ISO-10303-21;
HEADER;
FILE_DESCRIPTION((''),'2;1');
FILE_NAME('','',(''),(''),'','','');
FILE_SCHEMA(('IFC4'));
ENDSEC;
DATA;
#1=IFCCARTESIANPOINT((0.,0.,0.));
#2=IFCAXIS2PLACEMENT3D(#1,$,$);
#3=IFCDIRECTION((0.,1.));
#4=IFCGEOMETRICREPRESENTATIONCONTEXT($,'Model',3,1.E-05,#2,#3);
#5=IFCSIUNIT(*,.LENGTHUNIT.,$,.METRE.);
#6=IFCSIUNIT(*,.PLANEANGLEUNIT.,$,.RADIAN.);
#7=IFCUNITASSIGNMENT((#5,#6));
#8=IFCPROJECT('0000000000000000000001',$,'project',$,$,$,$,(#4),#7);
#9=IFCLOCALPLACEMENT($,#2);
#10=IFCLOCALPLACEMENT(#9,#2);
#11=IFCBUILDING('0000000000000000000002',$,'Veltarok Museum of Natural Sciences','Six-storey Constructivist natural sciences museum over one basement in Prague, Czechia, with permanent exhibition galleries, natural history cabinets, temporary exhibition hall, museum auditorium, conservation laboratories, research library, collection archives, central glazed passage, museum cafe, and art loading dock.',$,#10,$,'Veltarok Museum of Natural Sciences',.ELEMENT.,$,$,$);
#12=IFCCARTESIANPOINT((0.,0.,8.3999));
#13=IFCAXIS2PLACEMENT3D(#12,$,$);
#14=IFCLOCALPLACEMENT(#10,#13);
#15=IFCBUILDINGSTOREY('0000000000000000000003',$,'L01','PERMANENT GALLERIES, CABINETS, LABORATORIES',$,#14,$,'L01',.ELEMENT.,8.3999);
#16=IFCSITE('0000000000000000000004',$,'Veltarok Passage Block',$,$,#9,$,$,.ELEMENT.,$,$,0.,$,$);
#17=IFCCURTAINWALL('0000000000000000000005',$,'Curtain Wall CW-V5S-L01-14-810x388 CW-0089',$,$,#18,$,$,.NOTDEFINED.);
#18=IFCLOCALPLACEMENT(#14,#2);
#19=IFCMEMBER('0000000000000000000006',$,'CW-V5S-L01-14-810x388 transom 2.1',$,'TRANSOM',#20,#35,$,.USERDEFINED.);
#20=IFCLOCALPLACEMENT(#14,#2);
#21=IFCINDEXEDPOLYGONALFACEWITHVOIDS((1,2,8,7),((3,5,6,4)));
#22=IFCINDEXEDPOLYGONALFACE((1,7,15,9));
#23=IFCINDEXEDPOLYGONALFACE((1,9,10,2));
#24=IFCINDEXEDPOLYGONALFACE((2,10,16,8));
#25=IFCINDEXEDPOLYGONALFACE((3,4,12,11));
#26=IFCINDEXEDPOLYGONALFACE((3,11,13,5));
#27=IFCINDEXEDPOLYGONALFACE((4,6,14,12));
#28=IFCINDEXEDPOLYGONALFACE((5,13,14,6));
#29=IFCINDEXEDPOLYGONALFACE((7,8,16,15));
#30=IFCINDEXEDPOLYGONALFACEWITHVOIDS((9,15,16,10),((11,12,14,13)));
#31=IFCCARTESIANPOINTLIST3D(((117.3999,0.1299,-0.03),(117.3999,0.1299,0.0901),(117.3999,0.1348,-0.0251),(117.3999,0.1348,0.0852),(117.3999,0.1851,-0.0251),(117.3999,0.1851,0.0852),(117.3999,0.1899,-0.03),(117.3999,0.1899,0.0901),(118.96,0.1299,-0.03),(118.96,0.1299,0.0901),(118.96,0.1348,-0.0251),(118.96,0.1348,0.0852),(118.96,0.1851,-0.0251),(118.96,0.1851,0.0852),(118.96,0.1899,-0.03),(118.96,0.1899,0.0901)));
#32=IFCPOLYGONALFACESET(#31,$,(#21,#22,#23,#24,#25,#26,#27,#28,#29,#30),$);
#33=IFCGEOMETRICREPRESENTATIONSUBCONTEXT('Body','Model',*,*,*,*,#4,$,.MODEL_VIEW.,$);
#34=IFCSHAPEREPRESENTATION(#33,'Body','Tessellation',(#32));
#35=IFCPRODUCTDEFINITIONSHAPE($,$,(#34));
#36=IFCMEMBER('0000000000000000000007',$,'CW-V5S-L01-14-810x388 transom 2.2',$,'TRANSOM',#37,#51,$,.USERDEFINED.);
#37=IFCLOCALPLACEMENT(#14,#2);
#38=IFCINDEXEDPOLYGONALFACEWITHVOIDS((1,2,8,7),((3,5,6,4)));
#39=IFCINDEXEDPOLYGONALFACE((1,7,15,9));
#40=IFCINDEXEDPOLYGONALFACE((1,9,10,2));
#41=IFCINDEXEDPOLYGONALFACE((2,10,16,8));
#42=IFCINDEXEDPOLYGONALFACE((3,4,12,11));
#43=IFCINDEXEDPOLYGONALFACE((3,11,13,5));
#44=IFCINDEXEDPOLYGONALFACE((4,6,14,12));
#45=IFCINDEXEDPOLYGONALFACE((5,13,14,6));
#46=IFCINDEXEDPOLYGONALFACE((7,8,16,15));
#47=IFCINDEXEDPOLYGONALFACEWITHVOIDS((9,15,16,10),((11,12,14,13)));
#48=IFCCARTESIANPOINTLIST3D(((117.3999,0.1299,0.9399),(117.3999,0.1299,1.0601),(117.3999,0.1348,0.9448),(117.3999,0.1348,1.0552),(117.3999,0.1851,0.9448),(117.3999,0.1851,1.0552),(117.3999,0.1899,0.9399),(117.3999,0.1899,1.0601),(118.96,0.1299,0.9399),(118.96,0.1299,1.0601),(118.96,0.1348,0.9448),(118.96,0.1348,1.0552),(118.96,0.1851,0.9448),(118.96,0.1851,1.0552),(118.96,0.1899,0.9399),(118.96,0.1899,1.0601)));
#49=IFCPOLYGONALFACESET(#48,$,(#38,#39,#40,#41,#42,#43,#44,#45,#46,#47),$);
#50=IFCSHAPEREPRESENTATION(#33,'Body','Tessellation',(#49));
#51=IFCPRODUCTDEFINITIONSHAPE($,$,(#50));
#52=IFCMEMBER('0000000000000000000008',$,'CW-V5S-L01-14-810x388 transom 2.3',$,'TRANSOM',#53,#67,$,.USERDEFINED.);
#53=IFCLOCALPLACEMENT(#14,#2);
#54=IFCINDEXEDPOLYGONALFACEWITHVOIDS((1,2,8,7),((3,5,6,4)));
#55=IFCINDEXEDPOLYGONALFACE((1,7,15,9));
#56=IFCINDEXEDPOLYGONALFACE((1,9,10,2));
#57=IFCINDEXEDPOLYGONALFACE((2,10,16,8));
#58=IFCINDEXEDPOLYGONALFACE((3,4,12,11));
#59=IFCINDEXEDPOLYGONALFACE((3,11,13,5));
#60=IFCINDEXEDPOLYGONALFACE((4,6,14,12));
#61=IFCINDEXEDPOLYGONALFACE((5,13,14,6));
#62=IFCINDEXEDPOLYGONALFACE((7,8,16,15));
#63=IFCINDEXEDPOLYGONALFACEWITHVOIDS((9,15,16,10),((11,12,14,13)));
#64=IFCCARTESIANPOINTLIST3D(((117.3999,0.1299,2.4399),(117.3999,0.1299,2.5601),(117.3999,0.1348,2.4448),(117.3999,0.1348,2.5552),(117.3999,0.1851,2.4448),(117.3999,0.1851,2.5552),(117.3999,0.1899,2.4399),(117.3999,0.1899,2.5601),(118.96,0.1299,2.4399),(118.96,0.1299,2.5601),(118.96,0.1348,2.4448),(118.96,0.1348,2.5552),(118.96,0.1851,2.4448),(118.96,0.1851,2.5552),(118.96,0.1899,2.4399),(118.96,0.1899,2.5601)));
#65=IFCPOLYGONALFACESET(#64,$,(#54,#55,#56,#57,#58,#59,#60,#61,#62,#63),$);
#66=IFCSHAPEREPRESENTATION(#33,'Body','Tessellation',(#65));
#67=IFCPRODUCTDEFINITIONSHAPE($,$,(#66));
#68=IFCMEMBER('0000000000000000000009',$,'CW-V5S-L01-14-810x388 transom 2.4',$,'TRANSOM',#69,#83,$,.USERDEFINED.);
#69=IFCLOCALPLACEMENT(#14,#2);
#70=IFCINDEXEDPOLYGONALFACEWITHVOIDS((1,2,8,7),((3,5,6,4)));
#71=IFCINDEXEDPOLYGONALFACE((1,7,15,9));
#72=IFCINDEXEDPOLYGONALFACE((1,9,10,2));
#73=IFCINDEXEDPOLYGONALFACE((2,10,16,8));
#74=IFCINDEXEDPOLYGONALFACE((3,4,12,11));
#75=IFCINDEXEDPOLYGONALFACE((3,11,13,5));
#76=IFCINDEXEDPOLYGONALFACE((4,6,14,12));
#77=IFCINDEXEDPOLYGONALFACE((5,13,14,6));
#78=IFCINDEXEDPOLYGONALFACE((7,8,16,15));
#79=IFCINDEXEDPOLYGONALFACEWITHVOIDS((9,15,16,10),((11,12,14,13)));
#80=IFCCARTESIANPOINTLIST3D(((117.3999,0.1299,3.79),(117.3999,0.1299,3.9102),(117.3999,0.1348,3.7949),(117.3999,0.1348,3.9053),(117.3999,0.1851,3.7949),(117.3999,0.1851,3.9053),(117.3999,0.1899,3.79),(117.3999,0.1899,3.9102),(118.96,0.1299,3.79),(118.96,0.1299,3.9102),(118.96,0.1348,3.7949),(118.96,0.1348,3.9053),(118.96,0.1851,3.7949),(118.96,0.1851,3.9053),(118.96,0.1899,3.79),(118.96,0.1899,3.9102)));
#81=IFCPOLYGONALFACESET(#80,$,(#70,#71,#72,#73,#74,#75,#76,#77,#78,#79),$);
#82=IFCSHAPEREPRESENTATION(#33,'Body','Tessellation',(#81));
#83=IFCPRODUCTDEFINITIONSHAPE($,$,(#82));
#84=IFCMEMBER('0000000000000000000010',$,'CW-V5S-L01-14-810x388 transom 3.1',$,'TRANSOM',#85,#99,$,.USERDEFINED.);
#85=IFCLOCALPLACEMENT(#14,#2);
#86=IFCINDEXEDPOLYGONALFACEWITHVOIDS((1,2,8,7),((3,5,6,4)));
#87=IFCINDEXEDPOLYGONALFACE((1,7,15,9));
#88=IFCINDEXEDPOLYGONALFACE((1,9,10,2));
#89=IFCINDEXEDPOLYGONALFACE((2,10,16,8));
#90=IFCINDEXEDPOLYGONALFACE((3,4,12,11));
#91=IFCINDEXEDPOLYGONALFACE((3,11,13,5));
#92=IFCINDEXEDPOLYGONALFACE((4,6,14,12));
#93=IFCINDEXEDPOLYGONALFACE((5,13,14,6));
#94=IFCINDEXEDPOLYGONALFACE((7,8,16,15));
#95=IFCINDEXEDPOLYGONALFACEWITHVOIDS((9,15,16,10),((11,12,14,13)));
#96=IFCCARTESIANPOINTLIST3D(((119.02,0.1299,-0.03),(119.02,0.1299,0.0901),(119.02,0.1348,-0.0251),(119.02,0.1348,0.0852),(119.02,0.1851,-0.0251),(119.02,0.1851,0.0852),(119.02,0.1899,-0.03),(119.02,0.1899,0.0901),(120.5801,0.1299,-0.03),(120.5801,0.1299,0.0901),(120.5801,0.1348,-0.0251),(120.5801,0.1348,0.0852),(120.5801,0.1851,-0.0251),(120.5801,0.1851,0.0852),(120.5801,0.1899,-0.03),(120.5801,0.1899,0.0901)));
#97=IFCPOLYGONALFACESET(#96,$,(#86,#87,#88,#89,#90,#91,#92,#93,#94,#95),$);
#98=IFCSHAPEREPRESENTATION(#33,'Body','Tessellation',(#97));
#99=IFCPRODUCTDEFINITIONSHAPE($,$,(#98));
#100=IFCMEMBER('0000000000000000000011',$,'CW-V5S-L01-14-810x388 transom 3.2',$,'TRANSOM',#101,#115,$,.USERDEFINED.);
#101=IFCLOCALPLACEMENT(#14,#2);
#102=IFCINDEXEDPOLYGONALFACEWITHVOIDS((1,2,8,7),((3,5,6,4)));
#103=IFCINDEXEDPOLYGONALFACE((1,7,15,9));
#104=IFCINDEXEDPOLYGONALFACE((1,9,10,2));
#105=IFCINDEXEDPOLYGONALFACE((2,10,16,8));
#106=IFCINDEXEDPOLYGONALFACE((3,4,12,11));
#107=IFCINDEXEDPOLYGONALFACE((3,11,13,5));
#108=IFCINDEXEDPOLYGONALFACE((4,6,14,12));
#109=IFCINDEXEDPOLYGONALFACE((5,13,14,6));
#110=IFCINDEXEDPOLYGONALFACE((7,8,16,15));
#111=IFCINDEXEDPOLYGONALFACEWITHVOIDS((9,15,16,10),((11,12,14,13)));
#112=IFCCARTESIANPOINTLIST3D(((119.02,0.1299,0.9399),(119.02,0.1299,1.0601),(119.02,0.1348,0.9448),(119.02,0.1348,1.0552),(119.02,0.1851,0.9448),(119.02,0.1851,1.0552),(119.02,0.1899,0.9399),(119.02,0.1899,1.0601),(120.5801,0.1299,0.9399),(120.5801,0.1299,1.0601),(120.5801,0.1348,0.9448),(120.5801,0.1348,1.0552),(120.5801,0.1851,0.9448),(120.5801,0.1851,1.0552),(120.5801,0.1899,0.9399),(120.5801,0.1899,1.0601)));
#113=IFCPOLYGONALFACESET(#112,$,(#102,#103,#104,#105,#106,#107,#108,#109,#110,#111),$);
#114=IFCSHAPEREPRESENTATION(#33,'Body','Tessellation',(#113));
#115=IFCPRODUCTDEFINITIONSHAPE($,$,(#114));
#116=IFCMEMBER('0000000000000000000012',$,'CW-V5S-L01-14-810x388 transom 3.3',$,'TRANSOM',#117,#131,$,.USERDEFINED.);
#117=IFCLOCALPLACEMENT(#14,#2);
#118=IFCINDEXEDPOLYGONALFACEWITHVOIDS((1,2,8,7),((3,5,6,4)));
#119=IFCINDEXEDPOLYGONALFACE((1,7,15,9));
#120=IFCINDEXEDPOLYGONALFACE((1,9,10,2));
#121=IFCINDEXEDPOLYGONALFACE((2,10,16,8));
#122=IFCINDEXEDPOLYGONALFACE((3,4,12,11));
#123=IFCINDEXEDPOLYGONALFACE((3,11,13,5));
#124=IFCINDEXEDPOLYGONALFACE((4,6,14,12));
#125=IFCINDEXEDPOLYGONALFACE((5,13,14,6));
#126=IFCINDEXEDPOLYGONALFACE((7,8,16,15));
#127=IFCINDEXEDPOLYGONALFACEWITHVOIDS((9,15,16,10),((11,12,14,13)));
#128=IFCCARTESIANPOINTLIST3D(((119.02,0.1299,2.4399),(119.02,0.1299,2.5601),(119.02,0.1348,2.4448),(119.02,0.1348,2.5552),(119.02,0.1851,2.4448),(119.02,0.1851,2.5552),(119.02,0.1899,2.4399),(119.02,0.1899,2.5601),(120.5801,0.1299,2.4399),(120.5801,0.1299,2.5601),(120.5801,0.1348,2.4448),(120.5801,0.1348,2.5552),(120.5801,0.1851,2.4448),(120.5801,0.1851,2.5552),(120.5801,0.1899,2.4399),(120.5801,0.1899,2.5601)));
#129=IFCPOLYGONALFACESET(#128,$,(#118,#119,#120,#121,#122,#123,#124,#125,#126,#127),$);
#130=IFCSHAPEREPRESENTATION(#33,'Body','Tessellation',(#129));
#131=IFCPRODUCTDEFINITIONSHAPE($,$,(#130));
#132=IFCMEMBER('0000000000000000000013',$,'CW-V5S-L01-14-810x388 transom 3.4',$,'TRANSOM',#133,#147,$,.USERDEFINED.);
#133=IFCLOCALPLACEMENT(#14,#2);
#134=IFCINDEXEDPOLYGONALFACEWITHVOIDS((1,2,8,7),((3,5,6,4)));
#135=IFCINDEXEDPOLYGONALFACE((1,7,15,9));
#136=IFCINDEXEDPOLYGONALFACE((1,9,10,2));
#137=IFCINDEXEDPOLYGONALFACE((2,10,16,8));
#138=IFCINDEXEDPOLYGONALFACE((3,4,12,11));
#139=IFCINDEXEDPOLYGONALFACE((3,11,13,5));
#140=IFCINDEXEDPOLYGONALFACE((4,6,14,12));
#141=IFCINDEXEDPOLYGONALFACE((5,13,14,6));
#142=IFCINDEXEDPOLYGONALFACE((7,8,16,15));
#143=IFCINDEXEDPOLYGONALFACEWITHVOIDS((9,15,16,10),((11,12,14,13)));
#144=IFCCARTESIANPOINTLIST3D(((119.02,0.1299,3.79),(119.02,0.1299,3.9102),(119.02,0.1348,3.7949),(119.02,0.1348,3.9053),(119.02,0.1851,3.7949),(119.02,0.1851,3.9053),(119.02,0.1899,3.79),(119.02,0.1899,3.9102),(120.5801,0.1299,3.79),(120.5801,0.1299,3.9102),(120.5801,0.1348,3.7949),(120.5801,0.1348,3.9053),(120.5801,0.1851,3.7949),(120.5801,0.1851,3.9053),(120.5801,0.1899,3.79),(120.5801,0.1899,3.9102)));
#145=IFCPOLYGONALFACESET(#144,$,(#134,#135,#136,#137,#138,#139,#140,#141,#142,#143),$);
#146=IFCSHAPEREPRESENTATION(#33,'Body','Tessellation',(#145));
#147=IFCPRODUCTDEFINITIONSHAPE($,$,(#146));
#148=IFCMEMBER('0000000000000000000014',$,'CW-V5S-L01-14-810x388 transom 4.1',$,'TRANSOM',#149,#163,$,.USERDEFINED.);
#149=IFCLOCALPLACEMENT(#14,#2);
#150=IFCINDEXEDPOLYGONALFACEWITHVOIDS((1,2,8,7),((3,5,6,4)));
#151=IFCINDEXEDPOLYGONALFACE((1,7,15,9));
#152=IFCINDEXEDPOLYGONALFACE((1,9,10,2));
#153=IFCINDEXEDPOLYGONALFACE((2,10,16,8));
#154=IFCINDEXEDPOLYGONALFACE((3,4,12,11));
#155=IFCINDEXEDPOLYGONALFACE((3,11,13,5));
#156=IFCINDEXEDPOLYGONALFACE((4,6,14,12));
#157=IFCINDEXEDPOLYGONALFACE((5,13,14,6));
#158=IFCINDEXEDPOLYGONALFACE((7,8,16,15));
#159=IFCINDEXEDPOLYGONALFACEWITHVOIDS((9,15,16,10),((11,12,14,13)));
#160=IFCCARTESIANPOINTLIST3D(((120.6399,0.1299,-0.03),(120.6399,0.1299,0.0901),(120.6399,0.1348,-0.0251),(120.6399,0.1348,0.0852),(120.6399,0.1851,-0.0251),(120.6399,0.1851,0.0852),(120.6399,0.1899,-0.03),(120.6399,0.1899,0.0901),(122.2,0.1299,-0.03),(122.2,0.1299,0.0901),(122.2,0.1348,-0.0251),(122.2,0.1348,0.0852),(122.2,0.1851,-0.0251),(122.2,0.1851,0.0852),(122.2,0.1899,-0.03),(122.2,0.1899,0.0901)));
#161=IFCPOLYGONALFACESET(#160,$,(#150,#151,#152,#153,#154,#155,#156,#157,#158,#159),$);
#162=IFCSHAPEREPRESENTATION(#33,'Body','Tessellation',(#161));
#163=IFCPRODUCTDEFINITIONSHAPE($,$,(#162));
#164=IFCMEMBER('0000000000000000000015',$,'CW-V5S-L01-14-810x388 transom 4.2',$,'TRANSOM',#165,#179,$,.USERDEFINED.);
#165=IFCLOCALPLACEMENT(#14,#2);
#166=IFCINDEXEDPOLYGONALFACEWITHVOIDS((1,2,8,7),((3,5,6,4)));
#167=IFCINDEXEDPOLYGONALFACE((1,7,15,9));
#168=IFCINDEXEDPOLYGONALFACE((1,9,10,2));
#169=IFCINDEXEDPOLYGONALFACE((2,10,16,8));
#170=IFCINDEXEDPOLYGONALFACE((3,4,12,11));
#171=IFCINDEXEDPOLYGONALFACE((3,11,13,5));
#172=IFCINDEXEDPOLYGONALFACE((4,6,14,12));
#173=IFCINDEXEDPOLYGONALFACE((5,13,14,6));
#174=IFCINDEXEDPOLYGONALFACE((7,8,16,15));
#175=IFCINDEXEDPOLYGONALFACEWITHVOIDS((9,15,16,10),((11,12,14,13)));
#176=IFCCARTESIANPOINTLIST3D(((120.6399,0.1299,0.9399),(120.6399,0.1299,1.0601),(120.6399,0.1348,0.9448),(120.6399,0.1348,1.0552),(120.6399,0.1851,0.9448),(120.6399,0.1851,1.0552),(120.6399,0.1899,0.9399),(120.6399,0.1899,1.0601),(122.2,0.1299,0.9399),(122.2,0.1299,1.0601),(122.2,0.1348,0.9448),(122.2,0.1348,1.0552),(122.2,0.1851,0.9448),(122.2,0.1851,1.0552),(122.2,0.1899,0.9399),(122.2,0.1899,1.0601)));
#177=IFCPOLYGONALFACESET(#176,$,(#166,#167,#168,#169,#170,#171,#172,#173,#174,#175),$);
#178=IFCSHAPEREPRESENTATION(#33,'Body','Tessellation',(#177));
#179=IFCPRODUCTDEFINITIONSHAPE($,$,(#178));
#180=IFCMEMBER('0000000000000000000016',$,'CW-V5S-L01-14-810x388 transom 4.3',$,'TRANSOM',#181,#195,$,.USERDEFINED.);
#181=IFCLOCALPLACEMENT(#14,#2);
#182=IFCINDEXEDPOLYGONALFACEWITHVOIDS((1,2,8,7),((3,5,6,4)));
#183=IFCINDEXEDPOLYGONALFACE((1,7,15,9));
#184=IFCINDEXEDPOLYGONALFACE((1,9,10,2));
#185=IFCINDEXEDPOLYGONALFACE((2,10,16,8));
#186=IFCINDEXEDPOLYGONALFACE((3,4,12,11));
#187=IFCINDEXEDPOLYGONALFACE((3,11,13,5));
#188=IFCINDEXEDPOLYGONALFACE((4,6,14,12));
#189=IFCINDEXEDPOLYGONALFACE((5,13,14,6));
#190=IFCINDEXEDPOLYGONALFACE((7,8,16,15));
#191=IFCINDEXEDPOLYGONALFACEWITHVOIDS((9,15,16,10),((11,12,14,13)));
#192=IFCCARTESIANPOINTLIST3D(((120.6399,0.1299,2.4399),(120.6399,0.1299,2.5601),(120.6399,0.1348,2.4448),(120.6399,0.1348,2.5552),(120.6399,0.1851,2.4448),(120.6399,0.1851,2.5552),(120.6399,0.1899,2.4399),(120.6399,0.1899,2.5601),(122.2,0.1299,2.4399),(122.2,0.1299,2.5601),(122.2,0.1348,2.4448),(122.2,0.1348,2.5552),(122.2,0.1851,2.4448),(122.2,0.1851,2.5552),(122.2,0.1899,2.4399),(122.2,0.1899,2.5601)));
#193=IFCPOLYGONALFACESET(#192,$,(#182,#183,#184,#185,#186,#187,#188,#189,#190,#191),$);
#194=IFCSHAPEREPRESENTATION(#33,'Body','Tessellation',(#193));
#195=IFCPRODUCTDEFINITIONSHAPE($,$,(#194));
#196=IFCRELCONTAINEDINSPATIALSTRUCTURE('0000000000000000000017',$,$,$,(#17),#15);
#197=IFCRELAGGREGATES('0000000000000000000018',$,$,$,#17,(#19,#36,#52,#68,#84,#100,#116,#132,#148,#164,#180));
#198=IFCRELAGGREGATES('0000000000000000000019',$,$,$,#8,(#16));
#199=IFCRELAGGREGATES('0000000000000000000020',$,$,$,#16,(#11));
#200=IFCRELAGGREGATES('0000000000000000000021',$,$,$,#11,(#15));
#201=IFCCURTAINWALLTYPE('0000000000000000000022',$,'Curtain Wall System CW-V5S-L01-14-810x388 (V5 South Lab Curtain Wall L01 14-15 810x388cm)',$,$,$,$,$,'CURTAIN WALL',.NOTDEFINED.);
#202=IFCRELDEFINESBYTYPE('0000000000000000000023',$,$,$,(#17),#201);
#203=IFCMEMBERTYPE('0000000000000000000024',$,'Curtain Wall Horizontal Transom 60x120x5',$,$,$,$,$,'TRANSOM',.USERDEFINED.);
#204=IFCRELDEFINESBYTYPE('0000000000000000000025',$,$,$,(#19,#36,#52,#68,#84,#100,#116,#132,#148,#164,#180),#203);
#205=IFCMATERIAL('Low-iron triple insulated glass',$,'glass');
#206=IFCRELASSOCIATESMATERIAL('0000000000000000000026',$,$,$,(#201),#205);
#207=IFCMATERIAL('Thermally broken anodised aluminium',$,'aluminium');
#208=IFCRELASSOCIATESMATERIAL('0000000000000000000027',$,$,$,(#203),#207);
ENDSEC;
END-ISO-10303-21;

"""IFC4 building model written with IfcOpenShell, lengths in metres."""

from ifc_helpers import new_model, si_unit, direction, frame, origin, origin_2d, place, context, subcontext, project, spatial, hollow_rectangle, extrude, material, material_profile, profile_set, type_object, element, aggregate, save


model = new_model("IFC4")

# Units and contexts
model_context = context("Model", 3, precision=1e-05, world=origin(), true_north=direction((0.0, 1.0)))
body_context = subcontext(model_context, "Body", "Model", "MODEL_VIEW")
ifc_project = project(units=[si_unit("LENGTHUNIT", "METRE"), si_unit("PLANEANGLEUNIT", "RADIAN")], contexts=[model_context])

# Site, building, storey
site_placement = place(None, origin())
site = spatial("IfcSite", under=ifc_project, at=site_placement, Name="Veltarok Passage Block", CompositionType="ELEMENT", RefElevation=0.0)
building_placement = place(site_placement, origin())
building = spatial("IfcBuilding", under=site, at=building_placement, Name="Veltarok Museum of Natural Sciences", Description="Six-storey Constructivist natural sciences museum over one basement in Prague, Czechia, with permanent exhibition galleries, natural history cabinets, temporary exhibition hall, museum auditorium, conservation laboratories, research library, collection archives, central glazed passage, museum cafe, and art loading dock.", LongName="Veltarok Museum of Natural Sciences", CompositionType="ELEMENT")
storey_placement = place(building_placement, frame((0.0, 0.0, 8.3999)))
storey = spatial("IfcBuildingStorey", under=building, at=storey_placement, Name="L01", Description="PERMANENT GALLERIES, CABINETS, LABORATORIES", LongName="L01", CompositionType="ELEMENT", Elevation=8.3999)

# Curtain wall, members
ifc_material_1 = material(Name="Low-iron triple insulated glass", Category="glass")
curtain_wall_type = type_object("IfcCurtainWallType", Name="Curtain Wall System CW-V5S-L01-14-810x388 (V5 South Lab Curtain Wall L01 14-15 810x388cm)", ElementType="CURTAIN WALL", PredefinedType="NOTDEFINED", material=ifc_material_1)
curtain_wall_placement = place(storey_placement, origin())
curtain_wall = element("IfcCurtainWall", 1, at=curtain_wall_placement, inside=storey, type_object=curtain_wall_type, Name="Curtain Wall CW-V5S-L01-14-810x388 CW-0089", PredefinedType="NOTDEFINED")
ifc_material_2 = material(Name="Thermally broken anodised aluminium", Category="aluminium")
ifc_material_profile_1 = material_profile(ifc_material_2, hollow_rectangle(XDim=0.0601, YDim=0.1201, WallThickness=0.0049, at=origin_2d()), Name="CW TRANSOM 60x120x5")
ifc_profile_set_1 = profile_set([ifc_material_profile_1], Name="Thermally broken anodised aluminium")
member_type_1 = type_object("IfcMemberType", Name="Curtain Wall Horizontal Transom 60x120x5", ElementType="TRANSOM", PredefinedType="USERDEFINED", material=ifc_profile_set_1)
member_1_placement = place(storey_placement, frame((117.3999, 0.1599, 0.03), z_axis=(1.0, 0.0, 0.0), x_axis=(0.0, 1.0, 0.0)))
member_1 = element("IfcMember", 2, at=member_1_placement, type_object=member_type_1, Name="CW-V5S-L01-14-810x388 transom 2.1", ObjectType="TRANSOM", PredefinedType="USERDEFINED", context=body_context, shape_type="SweptSolid", body=[
    extrude(hollow_rectangle(XDim=0.0601, YDim=0.1201, WallThickness=0.0049, at=origin_2d()), origin(), (0.0, 0.0, 1.0), 1.5601),
])
member_2_placement = place(storey_placement, frame((117.3999, 0.1599, 1.0), z_axis=(1.0, 0.0, 0.0), x_axis=(0.0, 1.0, 0.0)))
member_2 = element("IfcMember", 3, at=member_2_placement, type_object=member_type_1, Name="CW-V5S-L01-14-810x388 transom 2.2", ObjectType="TRANSOM", PredefinedType="USERDEFINED", context=body_context, shape_type="SweptSolid", body=[
    extrude(hollow_rectangle(XDim=0.0601, YDim=0.1201, WallThickness=0.0049, at=origin_2d()), origin(), (0.0, 0.0, 1.0), 1.5601),
])
member_3_placement = place(storey_placement, frame((117.3999, 0.1599, 2.5), z_axis=(1.0, 0.0, 0.0), x_axis=(0.0, 1.0, 0.0)))
member_3 = element("IfcMember", 4, at=member_3_placement, type_object=member_type_1, Name="CW-V5S-L01-14-810x388 transom 2.3", ObjectType="TRANSOM", PredefinedType="USERDEFINED", context=body_context, shape_type="SweptSolid", body=[
    extrude(hollow_rectangle(XDim=0.0601, YDim=0.1201, WallThickness=0.0049, at=origin_2d()), origin(), (0.0, 0.0, 1.0), 1.5601),
])
member_4_placement = place(storey_placement, frame((117.3999, 0.1599, 3.8501), z_axis=(1.0, 0.0, 0.0), x_axis=(0.0, 1.0, 0.0)))
member_4 = element("IfcMember", 5, at=member_4_placement, type_object=member_type_1, Name="CW-V5S-L01-14-810x388 transom 2.4", ObjectType="TRANSOM", PredefinedType="USERDEFINED", context=body_context, shape_type="SweptSolid", body=[
    extrude(hollow_rectangle(XDim=0.0601, YDim=0.1201, WallThickness=0.0049, at=origin_2d()), origin(), (0.0, 0.0, 1.0), 1.5601),
])
member_5_placement = place(storey_placement, frame((119.02, 0.1599, 0.03), z_axis=(1.0, 0.0, 0.0), x_axis=(0.0, 1.0, 0.0)))
member_5 = element("IfcMember", 6, at=member_5_placement, type_object=member_type_1, Name="CW-V5S-L01-14-810x388 transom 3.1", ObjectType="TRANSOM", PredefinedType="USERDEFINED", context=body_context, shape_type="SweptSolid", body=[
    extrude(hollow_rectangle(XDim=0.0601, YDim=0.1201, WallThickness=0.0049, at=origin_2d()), origin(), (0.0, 0.0, 1.0), 1.5601),
])
member_6_placement = place(storey_placement, frame((119.02, 0.1599, 1.0), z_axis=(1.0, 0.0, 0.0), x_axis=(0.0, 1.0, 0.0)))
member_6 = element("IfcMember", 7, at=member_6_placement, type_object=member_type_1, Name="CW-V5S-L01-14-810x388 transom 3.2", ObjectType="TRANSOM", PredefinedType="USERDEFINED", context=body_context, shape_type="SweptSolid", body=[
    extrude(hollow_rectangle(XDim=0.0601, YDim=0.1201, WallThickness=0.0049, at=origin_2d()), origin(), (0.0, 0.0, 1.0), 1.5601),
])
member_7_placement = place(storey_placement, frame((119.02, 0.1599, 2.5), z_axis=(1.0, 0.0, 0.0), x_axis=(0.0, 1.0, 0.0)))
member_7 = element("IfcMember", 8, at=member_7_placement, type_object=member_type_1, Name="CW-V5S-L01-14-810x388 transom 3.3", ObjectType="TRANSOM", PredefinedType="USERDEFINED", context=body_context, shape_type="SweptSolid", body=[
    extrude(hollow_rectangle(XDim=0.0601, YDim=0.1201, WallThickness=0.0049, at=origin_2d()), origin(), (0.0, 0.0, 1.0), 1.5601),
])
member_8_placement = place(storey_placement, frame((119.02, 0.1599, 3.8501), z_axis=(1.0, 0.0, 0.0), x_axis=(0.0, 1.0, 0.0)))
member_8 = element("IfcMember", 9, at=member_8_placement, type_object=member_type_1, Name="CW-V5S-L01-14-810x388 transom 3.4", ObjectType="TRANSOM", PredefinedType="USERDEFINED", context=body_context, shape_type="SweptSolid", body=[
    extrude(hollow_rectangle(XDim=0.0601, YDim=0.1201, WallThickness=0.0049, at=origin_2d()), origin(), (0.0, 0.0, 1.0), 1.5601),
])
member_9_placement = place(storey_placement, frame((120.6399, 0.1599, 0.03), z_axis=(1.0, 0.0, 0.0), x_axis=(0.0, 1.0, 0.0)))
member_9 = element("IfcMember", 10, at=member_9_placement, type_object=member_type_1, Name="CW-V5S-L01-14-810x388 transom 4.1", ObjectType="TRANSOM", PredefinedType="USERDEFINED", context=body_context, shape_type="SweptSolid", body=[
    extrude(hollow_rectangle(XDim=0.0601, YDim=0.1201, WallThickness=0.0049, at=origin_2d()), origin(), (0.0, 0.0, 1.0), 1.5601),
])
member_10_placement = place(storey_placement, frame((120.6399, 0.1599, 1.0), z_axis=(1.0, 0.0, 0.0), x_axis=(0.0, 1.0, 0.0)))
member_10 = element("IfcMember", 11, at=member_10_placement, type_object=member_type_1, Name="CW-V5S-L01-14-810x388 transom 4.2", ObjectType="TRANSOM", PredefinedType="USERDEFINED", context=body_context, shape_type="SweptSolid", body=[
    extrude(hollow_rectangle(XDim=0.0601, YDim=0.1201, WallThickness=0.0049, at=origin_2d()), origin(), (0.0, 0.0, 1.0), 1.5601),
])
member_11_placement = place(storey_placement, frame((120.6399, 0.1599, 2.5), z_axis=(1.0, 0.0, 0.0), x_axis=(0.0, 1.0, 0.0)))
member_11 = element("IfcMember", 12, at=member_11_placement, type_object=member_type_1, Name="CW-V5S-L01-14-810x388 transom 4.3", ObjectType="TRANSOM", PredefinedType="USERDEFINED", context=body_context, shape_type="SweptSolid", body=[
    extrude(hollow_rectangle(XDim=0.0601, YDim=0.1201, WallThickness=0.0049, at=origin_2d()), origin(), (0.0, 0.0, 1.0), 1.5601),
])

aggregate(curtain_wall, [member_1, member_2, member_3, member_4, member_5, member_6, member_7, member_8, member_9, member_10, member_11])

save(model, "model.ifc")
